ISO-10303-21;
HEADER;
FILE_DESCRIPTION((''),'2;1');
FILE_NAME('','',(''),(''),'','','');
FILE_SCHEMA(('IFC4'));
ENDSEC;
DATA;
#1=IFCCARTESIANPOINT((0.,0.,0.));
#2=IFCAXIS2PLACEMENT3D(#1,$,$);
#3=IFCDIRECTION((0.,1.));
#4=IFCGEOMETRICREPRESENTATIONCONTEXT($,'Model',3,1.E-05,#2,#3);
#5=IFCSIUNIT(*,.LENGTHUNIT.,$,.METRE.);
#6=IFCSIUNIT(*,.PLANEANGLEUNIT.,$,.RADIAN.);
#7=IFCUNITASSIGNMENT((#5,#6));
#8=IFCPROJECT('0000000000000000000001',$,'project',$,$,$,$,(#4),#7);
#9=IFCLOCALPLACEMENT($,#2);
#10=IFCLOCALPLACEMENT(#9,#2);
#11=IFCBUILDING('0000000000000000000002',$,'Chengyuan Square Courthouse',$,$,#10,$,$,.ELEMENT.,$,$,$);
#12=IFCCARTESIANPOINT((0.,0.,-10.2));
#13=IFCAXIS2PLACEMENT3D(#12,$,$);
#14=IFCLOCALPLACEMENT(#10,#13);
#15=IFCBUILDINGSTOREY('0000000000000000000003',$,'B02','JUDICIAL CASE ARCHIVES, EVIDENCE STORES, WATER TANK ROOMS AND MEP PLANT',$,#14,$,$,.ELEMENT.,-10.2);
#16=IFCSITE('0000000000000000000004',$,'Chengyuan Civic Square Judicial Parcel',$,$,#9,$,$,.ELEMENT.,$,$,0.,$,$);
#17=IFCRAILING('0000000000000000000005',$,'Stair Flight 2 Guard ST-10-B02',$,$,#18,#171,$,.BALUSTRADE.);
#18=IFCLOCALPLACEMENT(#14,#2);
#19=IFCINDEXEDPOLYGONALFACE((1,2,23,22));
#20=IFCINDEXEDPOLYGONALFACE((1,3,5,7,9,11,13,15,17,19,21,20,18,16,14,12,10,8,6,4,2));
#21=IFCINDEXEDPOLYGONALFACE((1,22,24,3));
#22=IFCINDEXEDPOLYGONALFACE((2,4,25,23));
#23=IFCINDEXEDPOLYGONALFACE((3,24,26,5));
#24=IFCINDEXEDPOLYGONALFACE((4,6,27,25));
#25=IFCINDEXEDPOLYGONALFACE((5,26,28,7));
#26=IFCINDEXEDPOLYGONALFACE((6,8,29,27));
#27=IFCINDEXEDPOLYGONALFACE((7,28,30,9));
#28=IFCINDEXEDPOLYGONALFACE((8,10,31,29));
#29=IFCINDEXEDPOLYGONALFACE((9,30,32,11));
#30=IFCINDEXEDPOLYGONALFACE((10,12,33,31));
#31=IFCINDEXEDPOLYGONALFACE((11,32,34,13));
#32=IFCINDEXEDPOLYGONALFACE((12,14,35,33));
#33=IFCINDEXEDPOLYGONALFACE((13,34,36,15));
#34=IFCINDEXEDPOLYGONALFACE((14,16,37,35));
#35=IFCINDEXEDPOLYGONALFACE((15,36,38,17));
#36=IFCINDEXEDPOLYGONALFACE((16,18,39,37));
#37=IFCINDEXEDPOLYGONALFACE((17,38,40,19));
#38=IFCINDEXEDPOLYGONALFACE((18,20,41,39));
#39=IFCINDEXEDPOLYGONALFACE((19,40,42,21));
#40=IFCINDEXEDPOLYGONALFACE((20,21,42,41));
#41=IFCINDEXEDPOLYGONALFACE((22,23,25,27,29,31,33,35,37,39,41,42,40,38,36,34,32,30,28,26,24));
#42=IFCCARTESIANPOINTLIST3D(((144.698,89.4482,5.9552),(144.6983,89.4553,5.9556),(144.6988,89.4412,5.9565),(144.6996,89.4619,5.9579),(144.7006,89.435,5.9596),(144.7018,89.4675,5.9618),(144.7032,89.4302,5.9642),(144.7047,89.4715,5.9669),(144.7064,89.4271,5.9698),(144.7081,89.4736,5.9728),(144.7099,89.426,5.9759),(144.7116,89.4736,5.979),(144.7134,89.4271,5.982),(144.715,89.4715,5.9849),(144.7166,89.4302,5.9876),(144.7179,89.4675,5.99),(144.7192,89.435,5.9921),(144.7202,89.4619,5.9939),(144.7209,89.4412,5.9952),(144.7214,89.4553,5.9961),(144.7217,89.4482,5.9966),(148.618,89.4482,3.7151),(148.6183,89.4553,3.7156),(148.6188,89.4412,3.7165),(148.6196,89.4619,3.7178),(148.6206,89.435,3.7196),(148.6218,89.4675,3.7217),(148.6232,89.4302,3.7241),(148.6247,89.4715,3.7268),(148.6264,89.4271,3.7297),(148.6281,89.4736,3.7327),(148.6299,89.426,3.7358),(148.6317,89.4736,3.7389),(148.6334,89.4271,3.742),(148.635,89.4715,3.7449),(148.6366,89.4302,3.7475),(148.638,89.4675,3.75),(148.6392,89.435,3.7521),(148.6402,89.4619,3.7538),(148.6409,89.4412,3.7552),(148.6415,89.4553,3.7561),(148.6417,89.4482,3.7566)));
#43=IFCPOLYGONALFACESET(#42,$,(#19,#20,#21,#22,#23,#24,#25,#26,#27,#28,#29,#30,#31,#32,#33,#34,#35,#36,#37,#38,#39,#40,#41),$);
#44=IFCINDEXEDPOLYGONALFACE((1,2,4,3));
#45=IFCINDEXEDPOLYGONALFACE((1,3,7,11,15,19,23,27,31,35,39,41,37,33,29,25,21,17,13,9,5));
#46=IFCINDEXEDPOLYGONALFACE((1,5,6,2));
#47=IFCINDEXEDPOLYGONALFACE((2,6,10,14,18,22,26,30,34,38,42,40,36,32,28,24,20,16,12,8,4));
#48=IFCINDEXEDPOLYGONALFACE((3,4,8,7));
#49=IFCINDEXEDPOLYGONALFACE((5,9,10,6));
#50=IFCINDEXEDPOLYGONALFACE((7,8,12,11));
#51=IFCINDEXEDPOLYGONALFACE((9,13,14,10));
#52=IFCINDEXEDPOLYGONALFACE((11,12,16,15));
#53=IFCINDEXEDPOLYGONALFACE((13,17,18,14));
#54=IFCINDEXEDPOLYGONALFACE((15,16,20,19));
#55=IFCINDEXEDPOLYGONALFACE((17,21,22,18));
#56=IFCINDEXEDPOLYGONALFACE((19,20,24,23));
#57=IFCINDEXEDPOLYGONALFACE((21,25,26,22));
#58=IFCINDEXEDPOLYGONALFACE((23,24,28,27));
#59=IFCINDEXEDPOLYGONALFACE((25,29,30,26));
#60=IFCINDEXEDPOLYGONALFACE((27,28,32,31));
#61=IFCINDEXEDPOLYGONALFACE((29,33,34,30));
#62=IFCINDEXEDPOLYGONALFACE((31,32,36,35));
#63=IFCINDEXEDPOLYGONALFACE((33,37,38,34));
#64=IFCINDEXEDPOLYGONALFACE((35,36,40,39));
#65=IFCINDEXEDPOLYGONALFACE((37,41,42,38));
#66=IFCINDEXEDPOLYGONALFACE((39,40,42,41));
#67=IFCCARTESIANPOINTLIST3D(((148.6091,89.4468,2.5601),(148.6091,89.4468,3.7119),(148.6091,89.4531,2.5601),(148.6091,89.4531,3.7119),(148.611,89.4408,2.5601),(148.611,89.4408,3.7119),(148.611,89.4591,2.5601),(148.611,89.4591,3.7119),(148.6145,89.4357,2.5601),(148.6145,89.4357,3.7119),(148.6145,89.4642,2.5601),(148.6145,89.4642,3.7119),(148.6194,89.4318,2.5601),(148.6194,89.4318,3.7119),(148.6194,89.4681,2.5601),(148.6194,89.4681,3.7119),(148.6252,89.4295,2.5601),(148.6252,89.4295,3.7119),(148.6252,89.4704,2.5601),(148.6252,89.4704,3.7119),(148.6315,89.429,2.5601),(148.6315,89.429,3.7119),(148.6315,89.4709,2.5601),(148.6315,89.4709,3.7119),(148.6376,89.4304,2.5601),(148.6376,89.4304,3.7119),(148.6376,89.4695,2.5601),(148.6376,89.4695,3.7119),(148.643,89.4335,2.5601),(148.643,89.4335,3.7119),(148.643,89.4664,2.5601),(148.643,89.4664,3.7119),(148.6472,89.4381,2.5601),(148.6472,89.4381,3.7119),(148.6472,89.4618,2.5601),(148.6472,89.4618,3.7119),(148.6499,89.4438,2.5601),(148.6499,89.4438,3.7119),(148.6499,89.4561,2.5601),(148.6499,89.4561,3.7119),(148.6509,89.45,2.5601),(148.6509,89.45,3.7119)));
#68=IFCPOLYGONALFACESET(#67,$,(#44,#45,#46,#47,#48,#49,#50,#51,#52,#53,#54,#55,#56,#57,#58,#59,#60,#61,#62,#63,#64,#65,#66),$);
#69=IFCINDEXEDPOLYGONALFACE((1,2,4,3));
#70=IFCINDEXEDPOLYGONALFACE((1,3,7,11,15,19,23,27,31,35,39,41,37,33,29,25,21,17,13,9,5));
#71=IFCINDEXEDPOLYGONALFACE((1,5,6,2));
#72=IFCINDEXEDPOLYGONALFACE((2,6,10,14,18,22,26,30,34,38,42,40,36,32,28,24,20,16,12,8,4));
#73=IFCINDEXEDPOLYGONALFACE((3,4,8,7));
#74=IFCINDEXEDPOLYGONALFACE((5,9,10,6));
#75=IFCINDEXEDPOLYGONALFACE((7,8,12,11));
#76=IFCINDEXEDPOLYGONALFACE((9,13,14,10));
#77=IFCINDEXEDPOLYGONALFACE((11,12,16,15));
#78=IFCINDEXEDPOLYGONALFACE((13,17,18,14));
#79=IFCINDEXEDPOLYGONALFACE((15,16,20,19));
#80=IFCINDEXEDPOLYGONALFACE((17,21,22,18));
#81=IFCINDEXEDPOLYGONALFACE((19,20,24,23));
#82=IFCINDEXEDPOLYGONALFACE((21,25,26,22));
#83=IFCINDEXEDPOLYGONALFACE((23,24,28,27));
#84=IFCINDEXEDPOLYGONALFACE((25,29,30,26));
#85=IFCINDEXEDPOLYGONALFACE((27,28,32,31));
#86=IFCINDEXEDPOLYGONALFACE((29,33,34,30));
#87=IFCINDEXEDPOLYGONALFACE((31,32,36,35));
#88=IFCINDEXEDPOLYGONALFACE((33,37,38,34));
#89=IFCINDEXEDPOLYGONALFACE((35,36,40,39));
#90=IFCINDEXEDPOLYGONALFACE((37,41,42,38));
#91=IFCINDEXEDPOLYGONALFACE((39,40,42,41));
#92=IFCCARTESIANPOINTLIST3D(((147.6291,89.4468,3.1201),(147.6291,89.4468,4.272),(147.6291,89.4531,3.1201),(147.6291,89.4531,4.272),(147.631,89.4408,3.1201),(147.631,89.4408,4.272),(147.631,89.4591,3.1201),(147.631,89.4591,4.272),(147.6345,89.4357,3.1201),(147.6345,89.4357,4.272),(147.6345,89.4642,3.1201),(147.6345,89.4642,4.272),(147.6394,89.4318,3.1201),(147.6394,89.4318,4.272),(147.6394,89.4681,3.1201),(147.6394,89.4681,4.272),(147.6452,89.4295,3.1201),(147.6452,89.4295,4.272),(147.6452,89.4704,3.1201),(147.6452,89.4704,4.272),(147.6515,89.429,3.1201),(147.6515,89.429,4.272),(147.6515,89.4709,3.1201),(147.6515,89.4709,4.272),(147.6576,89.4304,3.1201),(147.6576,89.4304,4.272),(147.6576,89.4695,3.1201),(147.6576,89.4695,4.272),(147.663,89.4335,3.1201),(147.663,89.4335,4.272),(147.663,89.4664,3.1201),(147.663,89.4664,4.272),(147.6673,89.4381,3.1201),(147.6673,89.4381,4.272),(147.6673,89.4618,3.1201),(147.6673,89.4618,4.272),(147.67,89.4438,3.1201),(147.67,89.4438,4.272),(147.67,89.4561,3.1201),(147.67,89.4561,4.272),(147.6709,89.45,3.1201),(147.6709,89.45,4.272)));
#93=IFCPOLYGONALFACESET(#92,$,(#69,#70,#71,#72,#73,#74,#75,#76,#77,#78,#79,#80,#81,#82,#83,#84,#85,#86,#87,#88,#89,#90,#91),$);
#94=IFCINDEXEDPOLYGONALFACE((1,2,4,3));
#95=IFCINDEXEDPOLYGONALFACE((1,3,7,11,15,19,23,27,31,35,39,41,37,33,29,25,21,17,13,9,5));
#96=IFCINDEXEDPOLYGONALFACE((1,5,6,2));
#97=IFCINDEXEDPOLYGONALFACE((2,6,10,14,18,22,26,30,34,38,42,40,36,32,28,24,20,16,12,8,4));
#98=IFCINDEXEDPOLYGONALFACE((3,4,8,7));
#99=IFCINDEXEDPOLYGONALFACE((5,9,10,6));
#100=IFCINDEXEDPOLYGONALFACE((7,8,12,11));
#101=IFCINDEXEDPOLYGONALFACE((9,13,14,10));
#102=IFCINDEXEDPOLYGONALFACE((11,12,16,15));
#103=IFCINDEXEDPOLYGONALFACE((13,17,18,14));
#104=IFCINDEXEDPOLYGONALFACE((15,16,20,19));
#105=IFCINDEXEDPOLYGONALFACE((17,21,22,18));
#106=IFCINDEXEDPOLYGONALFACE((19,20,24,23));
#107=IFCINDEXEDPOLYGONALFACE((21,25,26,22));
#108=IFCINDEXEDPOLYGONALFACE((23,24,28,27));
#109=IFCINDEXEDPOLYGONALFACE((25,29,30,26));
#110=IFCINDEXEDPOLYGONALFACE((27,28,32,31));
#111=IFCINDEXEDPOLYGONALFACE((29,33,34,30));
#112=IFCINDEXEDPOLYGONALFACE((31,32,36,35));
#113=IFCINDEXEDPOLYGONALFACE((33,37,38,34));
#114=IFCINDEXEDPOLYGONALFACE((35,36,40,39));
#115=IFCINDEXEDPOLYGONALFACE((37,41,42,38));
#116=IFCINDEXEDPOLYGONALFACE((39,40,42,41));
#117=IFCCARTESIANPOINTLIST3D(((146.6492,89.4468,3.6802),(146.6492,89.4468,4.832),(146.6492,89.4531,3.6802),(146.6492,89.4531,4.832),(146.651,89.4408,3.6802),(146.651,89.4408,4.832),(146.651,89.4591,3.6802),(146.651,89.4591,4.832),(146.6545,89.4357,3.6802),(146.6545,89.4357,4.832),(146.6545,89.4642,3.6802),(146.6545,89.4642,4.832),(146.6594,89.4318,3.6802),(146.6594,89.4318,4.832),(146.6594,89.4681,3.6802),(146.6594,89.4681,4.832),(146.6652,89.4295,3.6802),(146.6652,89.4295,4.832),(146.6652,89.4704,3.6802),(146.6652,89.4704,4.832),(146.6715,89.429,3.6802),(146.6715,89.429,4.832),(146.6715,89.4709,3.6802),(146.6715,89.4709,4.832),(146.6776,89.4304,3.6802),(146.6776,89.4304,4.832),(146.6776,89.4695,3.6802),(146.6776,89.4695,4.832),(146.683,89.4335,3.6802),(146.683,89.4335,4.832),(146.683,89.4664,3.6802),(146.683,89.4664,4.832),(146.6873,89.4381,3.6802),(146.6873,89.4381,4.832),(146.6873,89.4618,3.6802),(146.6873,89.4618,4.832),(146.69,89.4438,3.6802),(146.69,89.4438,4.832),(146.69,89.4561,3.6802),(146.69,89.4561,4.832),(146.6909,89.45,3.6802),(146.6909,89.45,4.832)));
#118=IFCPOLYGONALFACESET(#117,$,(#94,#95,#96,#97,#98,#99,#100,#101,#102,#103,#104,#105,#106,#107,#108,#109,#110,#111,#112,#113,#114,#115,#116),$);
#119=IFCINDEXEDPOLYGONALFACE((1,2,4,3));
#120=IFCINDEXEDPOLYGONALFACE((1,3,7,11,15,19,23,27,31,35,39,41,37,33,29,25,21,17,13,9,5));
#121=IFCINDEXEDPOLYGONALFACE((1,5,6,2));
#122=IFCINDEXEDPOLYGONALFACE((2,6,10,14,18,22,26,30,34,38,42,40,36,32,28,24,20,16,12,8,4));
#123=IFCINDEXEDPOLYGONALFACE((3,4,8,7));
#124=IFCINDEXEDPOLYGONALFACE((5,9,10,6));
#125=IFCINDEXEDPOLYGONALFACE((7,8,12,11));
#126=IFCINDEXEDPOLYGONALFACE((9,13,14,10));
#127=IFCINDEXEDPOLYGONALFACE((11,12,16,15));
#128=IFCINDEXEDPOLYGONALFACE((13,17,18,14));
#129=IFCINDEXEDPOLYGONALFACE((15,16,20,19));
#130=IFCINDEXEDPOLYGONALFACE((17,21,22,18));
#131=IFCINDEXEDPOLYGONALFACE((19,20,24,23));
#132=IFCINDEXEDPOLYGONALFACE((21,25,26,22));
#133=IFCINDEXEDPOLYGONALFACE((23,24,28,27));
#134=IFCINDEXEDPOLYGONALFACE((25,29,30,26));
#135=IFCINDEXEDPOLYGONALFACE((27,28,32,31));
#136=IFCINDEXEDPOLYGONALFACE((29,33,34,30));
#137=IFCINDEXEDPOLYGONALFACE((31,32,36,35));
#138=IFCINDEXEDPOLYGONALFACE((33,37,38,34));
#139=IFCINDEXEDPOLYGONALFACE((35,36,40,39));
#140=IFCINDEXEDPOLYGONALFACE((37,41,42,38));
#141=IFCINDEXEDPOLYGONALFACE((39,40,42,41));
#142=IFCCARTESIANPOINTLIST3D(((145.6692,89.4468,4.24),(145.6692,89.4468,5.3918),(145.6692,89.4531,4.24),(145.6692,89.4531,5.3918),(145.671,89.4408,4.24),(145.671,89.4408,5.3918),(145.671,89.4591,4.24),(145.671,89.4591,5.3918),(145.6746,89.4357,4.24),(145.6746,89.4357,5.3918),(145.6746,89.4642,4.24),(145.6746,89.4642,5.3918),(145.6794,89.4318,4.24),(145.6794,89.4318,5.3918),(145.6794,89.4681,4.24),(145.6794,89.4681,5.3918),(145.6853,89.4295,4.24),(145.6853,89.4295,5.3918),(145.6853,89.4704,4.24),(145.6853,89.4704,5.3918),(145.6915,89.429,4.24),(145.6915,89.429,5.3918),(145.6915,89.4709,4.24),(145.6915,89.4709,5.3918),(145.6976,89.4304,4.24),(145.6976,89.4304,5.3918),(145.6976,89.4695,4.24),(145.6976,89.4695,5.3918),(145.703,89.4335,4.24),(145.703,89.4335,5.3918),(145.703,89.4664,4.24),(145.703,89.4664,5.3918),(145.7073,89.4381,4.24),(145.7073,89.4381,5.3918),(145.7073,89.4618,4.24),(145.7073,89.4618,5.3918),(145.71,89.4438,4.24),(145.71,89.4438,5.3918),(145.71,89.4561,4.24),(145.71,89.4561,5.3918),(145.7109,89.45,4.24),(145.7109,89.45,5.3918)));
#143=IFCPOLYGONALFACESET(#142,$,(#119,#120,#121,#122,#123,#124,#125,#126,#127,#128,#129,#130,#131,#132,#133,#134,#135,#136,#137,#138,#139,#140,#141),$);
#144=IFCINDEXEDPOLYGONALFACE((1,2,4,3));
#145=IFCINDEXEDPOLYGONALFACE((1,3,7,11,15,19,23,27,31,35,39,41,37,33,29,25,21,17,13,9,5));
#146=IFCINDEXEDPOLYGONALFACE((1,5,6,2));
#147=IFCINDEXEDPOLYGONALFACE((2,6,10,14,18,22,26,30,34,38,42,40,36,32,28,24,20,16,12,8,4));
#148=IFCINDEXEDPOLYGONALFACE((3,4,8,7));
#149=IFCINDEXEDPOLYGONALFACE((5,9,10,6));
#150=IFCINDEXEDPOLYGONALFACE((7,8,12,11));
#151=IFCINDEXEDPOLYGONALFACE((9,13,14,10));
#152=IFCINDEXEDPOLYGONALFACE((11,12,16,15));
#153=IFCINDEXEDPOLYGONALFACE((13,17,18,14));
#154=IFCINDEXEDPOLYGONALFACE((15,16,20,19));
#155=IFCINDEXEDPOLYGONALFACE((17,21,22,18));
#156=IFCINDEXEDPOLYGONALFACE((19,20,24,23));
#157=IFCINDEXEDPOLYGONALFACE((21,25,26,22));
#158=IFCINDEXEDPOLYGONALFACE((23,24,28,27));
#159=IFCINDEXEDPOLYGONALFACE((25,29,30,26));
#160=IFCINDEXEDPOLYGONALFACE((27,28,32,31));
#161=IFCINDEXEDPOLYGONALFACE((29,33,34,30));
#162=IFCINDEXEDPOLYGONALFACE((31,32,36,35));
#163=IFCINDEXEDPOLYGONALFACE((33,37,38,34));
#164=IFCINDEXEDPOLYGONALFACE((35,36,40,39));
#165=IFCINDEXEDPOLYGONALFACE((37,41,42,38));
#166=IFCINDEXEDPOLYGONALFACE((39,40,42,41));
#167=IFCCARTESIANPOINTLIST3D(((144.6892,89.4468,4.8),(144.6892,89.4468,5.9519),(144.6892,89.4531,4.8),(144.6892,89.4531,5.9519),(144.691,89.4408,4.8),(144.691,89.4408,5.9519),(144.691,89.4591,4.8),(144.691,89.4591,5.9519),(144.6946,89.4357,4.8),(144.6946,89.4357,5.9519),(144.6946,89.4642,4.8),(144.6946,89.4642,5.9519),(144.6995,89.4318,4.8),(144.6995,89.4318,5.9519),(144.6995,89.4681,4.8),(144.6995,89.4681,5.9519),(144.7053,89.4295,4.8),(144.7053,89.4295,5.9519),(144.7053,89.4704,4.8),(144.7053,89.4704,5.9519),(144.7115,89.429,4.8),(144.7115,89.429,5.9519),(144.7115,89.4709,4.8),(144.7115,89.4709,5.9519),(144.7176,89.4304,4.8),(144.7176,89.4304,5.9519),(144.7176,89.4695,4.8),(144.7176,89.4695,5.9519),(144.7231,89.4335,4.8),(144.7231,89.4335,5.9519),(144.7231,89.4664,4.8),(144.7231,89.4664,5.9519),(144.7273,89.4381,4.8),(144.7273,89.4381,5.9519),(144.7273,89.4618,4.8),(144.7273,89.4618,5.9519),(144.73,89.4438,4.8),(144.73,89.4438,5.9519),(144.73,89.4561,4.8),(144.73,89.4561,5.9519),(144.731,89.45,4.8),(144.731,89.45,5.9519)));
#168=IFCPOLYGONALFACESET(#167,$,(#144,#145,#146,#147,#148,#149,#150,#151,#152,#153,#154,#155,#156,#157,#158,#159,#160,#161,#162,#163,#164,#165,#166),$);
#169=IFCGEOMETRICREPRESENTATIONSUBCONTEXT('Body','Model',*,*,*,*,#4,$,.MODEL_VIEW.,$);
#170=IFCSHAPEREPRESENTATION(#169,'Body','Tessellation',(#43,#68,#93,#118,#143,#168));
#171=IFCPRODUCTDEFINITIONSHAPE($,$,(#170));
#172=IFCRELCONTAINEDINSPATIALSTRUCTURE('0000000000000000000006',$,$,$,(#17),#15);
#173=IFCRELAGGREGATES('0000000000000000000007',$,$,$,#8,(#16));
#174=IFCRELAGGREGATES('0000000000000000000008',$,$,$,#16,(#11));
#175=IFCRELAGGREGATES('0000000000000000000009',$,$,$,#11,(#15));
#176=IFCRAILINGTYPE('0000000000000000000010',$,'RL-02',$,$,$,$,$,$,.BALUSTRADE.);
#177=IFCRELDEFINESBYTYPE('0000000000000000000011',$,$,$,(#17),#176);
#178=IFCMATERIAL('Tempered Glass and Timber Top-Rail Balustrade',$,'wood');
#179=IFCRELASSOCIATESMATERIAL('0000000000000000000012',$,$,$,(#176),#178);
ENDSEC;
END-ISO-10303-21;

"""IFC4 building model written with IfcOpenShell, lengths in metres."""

from ifc_helpers import new_model, si_unit, direction, frame, origin, origin_2d, place, context, subcontext, project, spatial, circle, extrude, material, type_object, element, save


model = new_model("IFC4")

# Units and contexts
model_context = context("Model", 3, precision=1e-05, world=origin(), true_north=direction((0.0, 1.0)))
body_context = subcontext(model_context, "Body", "Model", "MODEL_VIEW")
ifc_project = project(units=[si_unit("LENGTHUNIT", "METRE"), si_unit("PLANEANGLEUNIT", "RADIAN")], contexts=[model_context])

# Site, building, storey
site_placement = place(None, origin())
site = spatial("IfcSite", under=ifc_project, at=site_placement, Name="Chengyuan Civic Square Judicial Parcel", CompositionType="ELEMENT", RefElevation=0.0)
building_placement = place(site_placement, origin())
building = spatial("IfcBuilding", under=site, at=building_placement, Name="Chengyuan Square Courthouse", CompositionType="ELEMENT")
storey_placement = place(building_placement, frame((0.0, 0.0, -10.2)))
storey = spatial("IfcBuildingStorey", under=building, at=storey_placement, Name="B02", Description="JUDICIAL CASE ARCHIVES, EVIDENCE STORES, WATER TANK ROOMS AND MEP PLANT", CompositionType="ELEMENT", Elevation=-10.2)

# Railing
ifc_material_1 = material(Name="Tempered Glass and Timber Top-Rail Balustrade", Category="wood")
railing_type_1 = type_object("IfcRailingType", Name="RL-02", PredefinedType="BALUSTRADE", material=ifc_material_1)
railing_1_placement = place(storey_placement, frame((148.6299, 89.45, 2.5601)))
element("IfcRailing", 1, at=railing_1_placement, inside=storey, type_object=railing_type_1, Name="Stair Flight 2 Guard ST-10-B02", PredefinedType="BALUSTRADE", context=body_context, shape_type="SweptSolid", body=[
    extrude(circle(Radius=0.0239, at=origin_2d()), frame((0.0, 0.0, 1.1758), z_axis=(-0.86824, 0.0, 0.496145), x_axis=(0.0, -1.0, 0.0)), (0.0, 0.0, 1.0), 4.5149),
    extrude(circle(Radius=0.021, at=origin_2d()), origin(), (0.0, 0.0, 1.0), 1.1519),
    extrude(circle(Radius=0.021, at=origin_2d()), frame((-0.98, 0.0, 0.5601)), (0.0, 0.0, 1.0), 1.1519),
    extrude(circle(Radius=0.021, at=origin_2d()), frame((-1.96, 0.0, 1.1201)), (0.0, 0.0, 1.0), 1.1519),
    extrude(circle(Radius=0.021, at=origin_2d()), frame((-2.9399, 0.0, 1.6799)), (0.0, 0.0, 1.0), 1.1519),
    extrude(circle(Radius=0.021, at=origin_2d()), frame((-3.9199, 0.0, 2.24)), (0.0, 0.0, 1.0), 1.1519),
])

save(model, "model.ifc")
